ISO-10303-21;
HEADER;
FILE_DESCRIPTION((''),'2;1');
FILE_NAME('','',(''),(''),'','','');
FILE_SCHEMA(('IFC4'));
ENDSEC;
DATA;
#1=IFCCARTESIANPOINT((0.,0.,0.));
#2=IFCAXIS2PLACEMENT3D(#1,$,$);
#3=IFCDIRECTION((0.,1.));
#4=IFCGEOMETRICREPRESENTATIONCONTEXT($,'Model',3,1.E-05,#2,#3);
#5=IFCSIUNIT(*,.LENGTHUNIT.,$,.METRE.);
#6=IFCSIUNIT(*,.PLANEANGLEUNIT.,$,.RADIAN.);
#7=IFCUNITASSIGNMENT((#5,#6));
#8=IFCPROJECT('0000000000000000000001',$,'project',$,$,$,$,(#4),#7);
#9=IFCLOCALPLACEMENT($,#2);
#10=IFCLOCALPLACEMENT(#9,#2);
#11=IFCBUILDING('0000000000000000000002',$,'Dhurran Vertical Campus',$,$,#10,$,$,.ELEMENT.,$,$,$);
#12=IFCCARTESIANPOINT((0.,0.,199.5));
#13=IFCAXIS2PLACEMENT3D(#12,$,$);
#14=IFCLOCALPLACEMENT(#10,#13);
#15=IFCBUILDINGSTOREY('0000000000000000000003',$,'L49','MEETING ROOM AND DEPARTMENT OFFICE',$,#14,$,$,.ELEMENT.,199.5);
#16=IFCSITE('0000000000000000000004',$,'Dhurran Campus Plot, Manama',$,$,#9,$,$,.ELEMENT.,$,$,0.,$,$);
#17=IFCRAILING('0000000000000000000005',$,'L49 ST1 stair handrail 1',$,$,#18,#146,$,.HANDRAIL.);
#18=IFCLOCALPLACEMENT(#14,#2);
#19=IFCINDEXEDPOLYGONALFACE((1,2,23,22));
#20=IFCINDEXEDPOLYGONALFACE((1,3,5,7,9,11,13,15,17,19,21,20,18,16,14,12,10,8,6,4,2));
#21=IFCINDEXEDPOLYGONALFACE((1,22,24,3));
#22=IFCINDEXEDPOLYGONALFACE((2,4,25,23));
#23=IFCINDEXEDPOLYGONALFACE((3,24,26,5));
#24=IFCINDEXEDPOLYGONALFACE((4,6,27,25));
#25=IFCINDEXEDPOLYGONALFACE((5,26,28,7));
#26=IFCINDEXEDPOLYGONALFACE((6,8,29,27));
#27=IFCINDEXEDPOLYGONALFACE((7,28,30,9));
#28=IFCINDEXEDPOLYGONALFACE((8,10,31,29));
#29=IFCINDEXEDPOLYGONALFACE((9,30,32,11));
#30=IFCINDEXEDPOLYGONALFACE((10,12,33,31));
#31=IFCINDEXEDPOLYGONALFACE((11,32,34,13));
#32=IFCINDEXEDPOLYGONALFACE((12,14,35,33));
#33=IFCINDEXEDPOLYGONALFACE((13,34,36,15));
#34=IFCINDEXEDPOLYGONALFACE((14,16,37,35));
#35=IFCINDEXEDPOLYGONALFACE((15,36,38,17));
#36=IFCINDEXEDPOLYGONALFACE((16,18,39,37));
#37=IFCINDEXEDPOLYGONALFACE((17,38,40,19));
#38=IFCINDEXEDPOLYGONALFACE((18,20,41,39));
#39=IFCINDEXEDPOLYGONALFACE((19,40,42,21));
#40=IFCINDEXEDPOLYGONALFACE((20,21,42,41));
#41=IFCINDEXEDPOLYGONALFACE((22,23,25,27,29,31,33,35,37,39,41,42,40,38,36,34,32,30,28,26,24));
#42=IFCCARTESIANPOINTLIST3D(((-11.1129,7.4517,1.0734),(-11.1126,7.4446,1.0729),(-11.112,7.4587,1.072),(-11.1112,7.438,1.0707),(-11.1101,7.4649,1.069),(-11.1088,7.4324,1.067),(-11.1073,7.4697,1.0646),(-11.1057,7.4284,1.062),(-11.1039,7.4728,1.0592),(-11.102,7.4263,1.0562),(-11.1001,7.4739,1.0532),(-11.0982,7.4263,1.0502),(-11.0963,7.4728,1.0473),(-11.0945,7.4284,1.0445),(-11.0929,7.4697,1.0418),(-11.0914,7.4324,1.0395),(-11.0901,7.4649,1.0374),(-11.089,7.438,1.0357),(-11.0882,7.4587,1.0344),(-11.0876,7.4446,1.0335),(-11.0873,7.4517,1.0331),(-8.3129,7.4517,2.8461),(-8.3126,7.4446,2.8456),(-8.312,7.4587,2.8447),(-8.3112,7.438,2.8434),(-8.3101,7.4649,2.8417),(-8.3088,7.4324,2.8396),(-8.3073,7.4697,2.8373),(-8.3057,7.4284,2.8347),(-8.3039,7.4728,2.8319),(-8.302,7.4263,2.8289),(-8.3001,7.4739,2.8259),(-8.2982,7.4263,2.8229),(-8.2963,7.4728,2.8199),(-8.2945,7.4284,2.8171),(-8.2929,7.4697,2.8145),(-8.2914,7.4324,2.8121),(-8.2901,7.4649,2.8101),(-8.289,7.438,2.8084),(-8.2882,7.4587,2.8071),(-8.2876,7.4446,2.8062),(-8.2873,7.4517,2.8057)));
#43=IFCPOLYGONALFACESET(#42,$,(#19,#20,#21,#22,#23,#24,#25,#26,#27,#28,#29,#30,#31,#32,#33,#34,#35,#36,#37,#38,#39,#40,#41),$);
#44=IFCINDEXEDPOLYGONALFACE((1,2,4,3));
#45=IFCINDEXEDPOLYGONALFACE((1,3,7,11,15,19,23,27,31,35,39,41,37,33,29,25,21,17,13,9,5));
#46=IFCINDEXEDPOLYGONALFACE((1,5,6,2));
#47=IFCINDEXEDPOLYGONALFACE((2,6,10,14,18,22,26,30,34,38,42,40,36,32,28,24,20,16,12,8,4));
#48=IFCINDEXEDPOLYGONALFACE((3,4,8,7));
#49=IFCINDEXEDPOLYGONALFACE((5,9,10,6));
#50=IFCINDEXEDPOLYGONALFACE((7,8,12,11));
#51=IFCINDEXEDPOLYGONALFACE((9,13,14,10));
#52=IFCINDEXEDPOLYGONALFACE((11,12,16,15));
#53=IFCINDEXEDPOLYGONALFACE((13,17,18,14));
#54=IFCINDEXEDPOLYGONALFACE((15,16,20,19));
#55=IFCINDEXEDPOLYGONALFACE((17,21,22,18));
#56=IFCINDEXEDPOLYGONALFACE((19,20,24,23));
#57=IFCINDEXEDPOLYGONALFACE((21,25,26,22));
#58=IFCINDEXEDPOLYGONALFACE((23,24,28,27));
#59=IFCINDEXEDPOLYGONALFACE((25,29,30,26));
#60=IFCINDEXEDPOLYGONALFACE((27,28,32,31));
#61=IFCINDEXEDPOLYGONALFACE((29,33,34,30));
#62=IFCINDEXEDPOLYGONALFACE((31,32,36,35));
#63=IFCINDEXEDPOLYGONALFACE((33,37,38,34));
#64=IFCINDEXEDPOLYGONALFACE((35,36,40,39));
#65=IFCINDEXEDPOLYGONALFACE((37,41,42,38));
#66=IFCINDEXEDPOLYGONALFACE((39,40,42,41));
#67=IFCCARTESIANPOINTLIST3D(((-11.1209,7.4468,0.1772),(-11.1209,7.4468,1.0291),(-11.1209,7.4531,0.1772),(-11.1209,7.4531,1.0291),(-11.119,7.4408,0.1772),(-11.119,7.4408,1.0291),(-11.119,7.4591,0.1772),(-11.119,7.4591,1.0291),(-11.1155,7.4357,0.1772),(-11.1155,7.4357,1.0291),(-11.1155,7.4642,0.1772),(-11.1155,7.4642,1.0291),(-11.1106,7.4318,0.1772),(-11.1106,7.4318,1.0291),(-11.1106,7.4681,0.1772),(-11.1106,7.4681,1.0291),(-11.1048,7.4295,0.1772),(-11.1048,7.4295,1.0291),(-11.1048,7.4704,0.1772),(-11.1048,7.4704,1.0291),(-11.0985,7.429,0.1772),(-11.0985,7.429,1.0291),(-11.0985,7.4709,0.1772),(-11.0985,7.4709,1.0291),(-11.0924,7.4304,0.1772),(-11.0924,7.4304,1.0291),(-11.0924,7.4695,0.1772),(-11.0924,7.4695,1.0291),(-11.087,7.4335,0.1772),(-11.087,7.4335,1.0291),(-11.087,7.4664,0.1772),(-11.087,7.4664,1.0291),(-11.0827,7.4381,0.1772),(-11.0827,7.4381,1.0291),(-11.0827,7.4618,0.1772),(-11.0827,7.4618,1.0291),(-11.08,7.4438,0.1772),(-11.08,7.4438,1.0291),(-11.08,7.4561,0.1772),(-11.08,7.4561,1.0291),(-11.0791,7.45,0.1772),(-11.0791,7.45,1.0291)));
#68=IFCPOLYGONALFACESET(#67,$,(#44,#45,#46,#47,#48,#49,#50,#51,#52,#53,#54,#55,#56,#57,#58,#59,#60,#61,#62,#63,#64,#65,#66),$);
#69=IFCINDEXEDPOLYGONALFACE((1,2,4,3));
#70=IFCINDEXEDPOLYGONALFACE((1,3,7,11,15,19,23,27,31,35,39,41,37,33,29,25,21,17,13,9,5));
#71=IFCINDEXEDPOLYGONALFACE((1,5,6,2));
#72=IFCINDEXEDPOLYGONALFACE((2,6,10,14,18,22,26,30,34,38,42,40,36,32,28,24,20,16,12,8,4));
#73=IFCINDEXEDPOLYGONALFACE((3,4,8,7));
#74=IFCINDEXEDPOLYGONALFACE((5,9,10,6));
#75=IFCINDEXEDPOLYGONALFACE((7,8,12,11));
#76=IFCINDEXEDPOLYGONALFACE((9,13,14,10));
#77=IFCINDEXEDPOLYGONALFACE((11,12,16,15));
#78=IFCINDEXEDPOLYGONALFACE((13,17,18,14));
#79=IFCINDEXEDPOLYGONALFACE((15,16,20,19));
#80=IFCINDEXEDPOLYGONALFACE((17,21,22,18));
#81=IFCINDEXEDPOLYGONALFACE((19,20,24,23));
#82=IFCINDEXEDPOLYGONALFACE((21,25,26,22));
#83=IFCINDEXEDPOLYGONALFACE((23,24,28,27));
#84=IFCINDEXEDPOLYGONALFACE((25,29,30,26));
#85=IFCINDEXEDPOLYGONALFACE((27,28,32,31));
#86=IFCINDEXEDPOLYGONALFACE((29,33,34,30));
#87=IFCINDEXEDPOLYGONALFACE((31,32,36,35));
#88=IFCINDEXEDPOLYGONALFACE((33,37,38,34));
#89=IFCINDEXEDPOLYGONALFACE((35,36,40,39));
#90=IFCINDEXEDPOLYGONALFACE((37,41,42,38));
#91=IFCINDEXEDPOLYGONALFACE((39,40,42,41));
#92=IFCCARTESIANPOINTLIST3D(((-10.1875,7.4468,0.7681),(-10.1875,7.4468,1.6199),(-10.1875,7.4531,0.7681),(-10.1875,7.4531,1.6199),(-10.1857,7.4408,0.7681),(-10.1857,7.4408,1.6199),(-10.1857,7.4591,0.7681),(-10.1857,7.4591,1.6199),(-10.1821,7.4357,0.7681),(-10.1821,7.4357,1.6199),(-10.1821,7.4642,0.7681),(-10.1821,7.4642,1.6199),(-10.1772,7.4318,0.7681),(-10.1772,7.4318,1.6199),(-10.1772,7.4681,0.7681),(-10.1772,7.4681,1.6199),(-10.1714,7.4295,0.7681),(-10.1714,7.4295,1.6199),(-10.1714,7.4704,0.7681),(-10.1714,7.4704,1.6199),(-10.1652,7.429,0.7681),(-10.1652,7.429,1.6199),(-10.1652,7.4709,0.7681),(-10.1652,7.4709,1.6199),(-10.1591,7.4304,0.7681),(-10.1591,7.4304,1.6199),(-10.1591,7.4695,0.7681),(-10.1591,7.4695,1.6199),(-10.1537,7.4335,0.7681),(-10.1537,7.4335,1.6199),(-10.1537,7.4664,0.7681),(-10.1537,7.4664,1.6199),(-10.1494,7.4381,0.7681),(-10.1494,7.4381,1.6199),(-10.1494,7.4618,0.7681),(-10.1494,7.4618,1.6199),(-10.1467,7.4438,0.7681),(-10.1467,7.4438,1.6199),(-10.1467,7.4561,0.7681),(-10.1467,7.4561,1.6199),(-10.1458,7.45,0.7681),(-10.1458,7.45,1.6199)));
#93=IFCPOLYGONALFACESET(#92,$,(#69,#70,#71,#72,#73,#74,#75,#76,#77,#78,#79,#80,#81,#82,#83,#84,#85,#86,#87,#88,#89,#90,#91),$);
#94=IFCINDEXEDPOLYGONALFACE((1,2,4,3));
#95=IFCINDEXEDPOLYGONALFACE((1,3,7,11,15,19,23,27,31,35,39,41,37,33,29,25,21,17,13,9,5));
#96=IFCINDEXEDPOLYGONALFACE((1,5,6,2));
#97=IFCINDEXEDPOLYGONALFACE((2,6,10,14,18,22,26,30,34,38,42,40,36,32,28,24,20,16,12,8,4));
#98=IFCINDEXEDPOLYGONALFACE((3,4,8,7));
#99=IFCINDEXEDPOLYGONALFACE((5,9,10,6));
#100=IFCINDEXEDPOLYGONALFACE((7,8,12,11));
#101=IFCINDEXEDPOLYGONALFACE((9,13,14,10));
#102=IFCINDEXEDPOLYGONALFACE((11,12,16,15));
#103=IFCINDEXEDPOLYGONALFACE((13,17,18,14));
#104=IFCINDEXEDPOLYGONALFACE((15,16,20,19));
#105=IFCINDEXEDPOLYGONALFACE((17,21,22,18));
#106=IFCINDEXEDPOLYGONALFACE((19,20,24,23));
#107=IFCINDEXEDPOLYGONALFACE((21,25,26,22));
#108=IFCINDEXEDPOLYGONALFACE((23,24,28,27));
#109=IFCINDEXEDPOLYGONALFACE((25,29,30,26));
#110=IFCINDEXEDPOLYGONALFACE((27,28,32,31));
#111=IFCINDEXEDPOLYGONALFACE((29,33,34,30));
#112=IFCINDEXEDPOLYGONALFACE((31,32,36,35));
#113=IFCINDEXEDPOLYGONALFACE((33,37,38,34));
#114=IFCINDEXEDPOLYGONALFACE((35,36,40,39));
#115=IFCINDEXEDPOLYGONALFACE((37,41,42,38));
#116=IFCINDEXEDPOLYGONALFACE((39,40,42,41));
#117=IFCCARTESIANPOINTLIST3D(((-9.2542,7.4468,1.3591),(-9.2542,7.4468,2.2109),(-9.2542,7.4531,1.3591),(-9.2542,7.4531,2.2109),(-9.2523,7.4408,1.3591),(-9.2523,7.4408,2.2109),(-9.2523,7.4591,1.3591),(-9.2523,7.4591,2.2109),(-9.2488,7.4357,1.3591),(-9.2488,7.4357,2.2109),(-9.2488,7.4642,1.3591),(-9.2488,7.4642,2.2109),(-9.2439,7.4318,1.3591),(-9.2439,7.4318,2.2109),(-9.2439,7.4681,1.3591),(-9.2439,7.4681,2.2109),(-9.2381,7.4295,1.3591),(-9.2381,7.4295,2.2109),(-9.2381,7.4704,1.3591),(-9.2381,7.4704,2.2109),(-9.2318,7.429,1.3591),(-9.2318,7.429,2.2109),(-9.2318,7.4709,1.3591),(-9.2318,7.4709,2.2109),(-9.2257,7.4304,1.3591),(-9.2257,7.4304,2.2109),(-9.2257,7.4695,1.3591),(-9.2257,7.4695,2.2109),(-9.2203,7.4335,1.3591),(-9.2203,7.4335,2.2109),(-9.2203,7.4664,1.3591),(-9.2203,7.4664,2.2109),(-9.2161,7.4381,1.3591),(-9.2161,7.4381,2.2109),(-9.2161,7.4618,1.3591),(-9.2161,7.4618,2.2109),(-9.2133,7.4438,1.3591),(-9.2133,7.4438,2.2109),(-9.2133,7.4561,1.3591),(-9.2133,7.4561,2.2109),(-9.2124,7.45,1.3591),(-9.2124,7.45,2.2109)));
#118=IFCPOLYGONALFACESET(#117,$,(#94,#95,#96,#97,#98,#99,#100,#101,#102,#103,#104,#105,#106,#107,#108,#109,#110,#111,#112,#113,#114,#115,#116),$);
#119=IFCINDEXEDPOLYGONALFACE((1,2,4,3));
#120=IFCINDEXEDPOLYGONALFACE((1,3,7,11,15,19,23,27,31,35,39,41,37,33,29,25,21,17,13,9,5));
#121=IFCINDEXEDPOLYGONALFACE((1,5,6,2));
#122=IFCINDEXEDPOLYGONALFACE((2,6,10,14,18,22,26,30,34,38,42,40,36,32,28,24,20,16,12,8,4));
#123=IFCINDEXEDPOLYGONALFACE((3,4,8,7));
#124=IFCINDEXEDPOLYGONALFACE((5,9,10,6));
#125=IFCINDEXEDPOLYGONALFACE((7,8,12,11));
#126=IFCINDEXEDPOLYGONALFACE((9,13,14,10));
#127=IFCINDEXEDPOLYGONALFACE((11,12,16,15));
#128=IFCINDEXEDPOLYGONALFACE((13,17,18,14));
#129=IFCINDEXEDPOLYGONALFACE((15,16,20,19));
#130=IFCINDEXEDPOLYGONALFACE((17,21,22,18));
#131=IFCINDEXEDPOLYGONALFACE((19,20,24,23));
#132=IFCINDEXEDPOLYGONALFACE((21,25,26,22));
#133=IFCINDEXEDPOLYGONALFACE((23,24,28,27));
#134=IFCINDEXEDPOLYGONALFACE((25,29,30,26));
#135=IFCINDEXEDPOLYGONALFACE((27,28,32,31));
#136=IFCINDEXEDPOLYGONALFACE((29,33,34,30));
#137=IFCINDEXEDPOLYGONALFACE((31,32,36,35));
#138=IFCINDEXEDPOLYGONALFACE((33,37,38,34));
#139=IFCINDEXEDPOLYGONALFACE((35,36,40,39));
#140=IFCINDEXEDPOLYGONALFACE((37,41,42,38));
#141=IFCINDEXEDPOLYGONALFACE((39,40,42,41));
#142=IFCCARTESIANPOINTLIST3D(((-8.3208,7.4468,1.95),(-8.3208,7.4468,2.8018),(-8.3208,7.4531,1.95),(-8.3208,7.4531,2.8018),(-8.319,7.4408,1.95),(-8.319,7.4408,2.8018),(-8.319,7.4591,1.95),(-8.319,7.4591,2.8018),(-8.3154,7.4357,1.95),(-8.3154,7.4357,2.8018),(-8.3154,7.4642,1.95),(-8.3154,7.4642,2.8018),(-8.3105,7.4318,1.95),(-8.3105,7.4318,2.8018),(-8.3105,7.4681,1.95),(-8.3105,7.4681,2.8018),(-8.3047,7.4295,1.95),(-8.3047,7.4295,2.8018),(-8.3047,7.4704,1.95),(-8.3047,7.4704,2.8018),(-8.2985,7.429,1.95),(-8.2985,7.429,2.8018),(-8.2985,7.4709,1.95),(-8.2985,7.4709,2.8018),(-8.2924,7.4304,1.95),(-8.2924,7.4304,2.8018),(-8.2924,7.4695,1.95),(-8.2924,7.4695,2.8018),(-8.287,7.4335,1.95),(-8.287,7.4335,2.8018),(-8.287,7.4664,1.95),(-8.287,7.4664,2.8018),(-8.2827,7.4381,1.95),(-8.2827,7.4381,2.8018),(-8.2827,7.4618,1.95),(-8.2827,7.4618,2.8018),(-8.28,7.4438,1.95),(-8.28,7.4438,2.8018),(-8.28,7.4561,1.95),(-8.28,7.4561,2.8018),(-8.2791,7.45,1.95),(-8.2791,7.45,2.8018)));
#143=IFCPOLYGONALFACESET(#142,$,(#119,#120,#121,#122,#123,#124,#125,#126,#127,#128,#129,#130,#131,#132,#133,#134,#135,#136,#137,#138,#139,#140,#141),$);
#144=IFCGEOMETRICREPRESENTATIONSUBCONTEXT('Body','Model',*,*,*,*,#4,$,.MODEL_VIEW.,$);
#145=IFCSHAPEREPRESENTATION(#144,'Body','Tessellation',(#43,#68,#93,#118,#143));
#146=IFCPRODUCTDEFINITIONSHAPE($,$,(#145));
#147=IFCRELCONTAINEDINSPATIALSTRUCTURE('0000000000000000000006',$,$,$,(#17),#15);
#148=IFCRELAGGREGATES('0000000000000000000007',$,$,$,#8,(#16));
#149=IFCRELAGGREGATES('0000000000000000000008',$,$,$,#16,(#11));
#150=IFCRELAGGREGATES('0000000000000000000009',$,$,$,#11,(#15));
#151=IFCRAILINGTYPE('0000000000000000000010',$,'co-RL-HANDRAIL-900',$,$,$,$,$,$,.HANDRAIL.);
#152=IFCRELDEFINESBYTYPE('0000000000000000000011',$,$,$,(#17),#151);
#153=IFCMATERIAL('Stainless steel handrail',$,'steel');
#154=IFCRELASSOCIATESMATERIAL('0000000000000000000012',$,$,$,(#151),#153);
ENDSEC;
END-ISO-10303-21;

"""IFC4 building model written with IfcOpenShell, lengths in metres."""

from ifc_helpers import new_model, si_unit, direction, frame, origin, origin_2d, place, context, subcontext, project, spatial, circle, extrude, material, type_object, element, save


model = new_model("IFC4")

# Units and contexts
model_context = context("Model", 3, precision=1e-05, world=origin(), true_north=direction((0.0, 1.0)))
body_context = subcontext(model_context, "Body", "Model", "MODEL_VIEW")
ifc_project = project(units=[si_unit("LENGTHUNIT", "METRE"), si_unit("PLANEANGLEUNIT", "RADIAN")], contexts=[model_context])

# Site, building, storey
site_placement = place(None, origin())
site = spatial("IfcSite", under=ifc_project, at=site_placement, Name="Dhurran Campus Plot, Manama", CompositionType="ELEMENT", RefElevation=0.0)
building_placement = place(site_placement, origin())
building = spatial("IfcBuilding", under=site, at=building_placement, Name="Dhurran Vertical Campus", CompositionType="ELEMENT")
storey_placement = place(building_placement, frame((0.0, 0.0, 199.5)))
storey = spatial("IfcBuildingStorey", under=building, at=storey_placement, Name="L49", Description="MEETING ROOM AND DEPARTMENT OFFICE", CompositionType="ELEMENT", Elevation=199.5)

# Railing
ifc_material_1 = material(Name="Stainless steel handrail", Category="steel")
railing_type_1 = type_object("IfcRailingType", Name="co-RL-HANDRAIL-900", PredefinedType="HANDRAIL", material=ifc_material_1)
railing_1_placement = place(storey_placement, frame((-11.1001, 7.45, 0.1772)))
element("IfcRailing", 1, at=railing_1_placement, inside=storey, type_object=railing_type_1, Name="L49 ST1 stair handrail 1", PredefinedType="HANDRAIL", context=body_context, shape_type="SweptSolid", body=[
    extrude(circle(Radius=0.0239, at=origin_2d()), frame((0.0, 0.0, 0.876), z_axis=(0.844909, 0.0, 0.53491), x_axis=(0.0, 1.0, 0.0)), (0.0, 0.0, 1.0), 3.314),
    extrude(circle(Radius=0.021, at=origin_2d()), origin(), (0.0, 0.0, 1.0), 0.8518),
    extrude(circle(Radius=0.021, at=origin_2d()), frame((0.9333, 0.0, 0.5908)), (0.0, 0.0, 1.0), 0.8518),
    extrude(circle(Radius=0.021, at=origin_2d()), frame((1.8667, 0.0, 1.1819)), (0.0, 0.0, 1.0), 0.8518),
    extrude(circle(Radius=0.021, at=origin_2d()), frame((2.8, 0.0, 1.7727)), (0.0, 0.0, 1.0), 0.8518),
])

save(model, "model.ifc")
